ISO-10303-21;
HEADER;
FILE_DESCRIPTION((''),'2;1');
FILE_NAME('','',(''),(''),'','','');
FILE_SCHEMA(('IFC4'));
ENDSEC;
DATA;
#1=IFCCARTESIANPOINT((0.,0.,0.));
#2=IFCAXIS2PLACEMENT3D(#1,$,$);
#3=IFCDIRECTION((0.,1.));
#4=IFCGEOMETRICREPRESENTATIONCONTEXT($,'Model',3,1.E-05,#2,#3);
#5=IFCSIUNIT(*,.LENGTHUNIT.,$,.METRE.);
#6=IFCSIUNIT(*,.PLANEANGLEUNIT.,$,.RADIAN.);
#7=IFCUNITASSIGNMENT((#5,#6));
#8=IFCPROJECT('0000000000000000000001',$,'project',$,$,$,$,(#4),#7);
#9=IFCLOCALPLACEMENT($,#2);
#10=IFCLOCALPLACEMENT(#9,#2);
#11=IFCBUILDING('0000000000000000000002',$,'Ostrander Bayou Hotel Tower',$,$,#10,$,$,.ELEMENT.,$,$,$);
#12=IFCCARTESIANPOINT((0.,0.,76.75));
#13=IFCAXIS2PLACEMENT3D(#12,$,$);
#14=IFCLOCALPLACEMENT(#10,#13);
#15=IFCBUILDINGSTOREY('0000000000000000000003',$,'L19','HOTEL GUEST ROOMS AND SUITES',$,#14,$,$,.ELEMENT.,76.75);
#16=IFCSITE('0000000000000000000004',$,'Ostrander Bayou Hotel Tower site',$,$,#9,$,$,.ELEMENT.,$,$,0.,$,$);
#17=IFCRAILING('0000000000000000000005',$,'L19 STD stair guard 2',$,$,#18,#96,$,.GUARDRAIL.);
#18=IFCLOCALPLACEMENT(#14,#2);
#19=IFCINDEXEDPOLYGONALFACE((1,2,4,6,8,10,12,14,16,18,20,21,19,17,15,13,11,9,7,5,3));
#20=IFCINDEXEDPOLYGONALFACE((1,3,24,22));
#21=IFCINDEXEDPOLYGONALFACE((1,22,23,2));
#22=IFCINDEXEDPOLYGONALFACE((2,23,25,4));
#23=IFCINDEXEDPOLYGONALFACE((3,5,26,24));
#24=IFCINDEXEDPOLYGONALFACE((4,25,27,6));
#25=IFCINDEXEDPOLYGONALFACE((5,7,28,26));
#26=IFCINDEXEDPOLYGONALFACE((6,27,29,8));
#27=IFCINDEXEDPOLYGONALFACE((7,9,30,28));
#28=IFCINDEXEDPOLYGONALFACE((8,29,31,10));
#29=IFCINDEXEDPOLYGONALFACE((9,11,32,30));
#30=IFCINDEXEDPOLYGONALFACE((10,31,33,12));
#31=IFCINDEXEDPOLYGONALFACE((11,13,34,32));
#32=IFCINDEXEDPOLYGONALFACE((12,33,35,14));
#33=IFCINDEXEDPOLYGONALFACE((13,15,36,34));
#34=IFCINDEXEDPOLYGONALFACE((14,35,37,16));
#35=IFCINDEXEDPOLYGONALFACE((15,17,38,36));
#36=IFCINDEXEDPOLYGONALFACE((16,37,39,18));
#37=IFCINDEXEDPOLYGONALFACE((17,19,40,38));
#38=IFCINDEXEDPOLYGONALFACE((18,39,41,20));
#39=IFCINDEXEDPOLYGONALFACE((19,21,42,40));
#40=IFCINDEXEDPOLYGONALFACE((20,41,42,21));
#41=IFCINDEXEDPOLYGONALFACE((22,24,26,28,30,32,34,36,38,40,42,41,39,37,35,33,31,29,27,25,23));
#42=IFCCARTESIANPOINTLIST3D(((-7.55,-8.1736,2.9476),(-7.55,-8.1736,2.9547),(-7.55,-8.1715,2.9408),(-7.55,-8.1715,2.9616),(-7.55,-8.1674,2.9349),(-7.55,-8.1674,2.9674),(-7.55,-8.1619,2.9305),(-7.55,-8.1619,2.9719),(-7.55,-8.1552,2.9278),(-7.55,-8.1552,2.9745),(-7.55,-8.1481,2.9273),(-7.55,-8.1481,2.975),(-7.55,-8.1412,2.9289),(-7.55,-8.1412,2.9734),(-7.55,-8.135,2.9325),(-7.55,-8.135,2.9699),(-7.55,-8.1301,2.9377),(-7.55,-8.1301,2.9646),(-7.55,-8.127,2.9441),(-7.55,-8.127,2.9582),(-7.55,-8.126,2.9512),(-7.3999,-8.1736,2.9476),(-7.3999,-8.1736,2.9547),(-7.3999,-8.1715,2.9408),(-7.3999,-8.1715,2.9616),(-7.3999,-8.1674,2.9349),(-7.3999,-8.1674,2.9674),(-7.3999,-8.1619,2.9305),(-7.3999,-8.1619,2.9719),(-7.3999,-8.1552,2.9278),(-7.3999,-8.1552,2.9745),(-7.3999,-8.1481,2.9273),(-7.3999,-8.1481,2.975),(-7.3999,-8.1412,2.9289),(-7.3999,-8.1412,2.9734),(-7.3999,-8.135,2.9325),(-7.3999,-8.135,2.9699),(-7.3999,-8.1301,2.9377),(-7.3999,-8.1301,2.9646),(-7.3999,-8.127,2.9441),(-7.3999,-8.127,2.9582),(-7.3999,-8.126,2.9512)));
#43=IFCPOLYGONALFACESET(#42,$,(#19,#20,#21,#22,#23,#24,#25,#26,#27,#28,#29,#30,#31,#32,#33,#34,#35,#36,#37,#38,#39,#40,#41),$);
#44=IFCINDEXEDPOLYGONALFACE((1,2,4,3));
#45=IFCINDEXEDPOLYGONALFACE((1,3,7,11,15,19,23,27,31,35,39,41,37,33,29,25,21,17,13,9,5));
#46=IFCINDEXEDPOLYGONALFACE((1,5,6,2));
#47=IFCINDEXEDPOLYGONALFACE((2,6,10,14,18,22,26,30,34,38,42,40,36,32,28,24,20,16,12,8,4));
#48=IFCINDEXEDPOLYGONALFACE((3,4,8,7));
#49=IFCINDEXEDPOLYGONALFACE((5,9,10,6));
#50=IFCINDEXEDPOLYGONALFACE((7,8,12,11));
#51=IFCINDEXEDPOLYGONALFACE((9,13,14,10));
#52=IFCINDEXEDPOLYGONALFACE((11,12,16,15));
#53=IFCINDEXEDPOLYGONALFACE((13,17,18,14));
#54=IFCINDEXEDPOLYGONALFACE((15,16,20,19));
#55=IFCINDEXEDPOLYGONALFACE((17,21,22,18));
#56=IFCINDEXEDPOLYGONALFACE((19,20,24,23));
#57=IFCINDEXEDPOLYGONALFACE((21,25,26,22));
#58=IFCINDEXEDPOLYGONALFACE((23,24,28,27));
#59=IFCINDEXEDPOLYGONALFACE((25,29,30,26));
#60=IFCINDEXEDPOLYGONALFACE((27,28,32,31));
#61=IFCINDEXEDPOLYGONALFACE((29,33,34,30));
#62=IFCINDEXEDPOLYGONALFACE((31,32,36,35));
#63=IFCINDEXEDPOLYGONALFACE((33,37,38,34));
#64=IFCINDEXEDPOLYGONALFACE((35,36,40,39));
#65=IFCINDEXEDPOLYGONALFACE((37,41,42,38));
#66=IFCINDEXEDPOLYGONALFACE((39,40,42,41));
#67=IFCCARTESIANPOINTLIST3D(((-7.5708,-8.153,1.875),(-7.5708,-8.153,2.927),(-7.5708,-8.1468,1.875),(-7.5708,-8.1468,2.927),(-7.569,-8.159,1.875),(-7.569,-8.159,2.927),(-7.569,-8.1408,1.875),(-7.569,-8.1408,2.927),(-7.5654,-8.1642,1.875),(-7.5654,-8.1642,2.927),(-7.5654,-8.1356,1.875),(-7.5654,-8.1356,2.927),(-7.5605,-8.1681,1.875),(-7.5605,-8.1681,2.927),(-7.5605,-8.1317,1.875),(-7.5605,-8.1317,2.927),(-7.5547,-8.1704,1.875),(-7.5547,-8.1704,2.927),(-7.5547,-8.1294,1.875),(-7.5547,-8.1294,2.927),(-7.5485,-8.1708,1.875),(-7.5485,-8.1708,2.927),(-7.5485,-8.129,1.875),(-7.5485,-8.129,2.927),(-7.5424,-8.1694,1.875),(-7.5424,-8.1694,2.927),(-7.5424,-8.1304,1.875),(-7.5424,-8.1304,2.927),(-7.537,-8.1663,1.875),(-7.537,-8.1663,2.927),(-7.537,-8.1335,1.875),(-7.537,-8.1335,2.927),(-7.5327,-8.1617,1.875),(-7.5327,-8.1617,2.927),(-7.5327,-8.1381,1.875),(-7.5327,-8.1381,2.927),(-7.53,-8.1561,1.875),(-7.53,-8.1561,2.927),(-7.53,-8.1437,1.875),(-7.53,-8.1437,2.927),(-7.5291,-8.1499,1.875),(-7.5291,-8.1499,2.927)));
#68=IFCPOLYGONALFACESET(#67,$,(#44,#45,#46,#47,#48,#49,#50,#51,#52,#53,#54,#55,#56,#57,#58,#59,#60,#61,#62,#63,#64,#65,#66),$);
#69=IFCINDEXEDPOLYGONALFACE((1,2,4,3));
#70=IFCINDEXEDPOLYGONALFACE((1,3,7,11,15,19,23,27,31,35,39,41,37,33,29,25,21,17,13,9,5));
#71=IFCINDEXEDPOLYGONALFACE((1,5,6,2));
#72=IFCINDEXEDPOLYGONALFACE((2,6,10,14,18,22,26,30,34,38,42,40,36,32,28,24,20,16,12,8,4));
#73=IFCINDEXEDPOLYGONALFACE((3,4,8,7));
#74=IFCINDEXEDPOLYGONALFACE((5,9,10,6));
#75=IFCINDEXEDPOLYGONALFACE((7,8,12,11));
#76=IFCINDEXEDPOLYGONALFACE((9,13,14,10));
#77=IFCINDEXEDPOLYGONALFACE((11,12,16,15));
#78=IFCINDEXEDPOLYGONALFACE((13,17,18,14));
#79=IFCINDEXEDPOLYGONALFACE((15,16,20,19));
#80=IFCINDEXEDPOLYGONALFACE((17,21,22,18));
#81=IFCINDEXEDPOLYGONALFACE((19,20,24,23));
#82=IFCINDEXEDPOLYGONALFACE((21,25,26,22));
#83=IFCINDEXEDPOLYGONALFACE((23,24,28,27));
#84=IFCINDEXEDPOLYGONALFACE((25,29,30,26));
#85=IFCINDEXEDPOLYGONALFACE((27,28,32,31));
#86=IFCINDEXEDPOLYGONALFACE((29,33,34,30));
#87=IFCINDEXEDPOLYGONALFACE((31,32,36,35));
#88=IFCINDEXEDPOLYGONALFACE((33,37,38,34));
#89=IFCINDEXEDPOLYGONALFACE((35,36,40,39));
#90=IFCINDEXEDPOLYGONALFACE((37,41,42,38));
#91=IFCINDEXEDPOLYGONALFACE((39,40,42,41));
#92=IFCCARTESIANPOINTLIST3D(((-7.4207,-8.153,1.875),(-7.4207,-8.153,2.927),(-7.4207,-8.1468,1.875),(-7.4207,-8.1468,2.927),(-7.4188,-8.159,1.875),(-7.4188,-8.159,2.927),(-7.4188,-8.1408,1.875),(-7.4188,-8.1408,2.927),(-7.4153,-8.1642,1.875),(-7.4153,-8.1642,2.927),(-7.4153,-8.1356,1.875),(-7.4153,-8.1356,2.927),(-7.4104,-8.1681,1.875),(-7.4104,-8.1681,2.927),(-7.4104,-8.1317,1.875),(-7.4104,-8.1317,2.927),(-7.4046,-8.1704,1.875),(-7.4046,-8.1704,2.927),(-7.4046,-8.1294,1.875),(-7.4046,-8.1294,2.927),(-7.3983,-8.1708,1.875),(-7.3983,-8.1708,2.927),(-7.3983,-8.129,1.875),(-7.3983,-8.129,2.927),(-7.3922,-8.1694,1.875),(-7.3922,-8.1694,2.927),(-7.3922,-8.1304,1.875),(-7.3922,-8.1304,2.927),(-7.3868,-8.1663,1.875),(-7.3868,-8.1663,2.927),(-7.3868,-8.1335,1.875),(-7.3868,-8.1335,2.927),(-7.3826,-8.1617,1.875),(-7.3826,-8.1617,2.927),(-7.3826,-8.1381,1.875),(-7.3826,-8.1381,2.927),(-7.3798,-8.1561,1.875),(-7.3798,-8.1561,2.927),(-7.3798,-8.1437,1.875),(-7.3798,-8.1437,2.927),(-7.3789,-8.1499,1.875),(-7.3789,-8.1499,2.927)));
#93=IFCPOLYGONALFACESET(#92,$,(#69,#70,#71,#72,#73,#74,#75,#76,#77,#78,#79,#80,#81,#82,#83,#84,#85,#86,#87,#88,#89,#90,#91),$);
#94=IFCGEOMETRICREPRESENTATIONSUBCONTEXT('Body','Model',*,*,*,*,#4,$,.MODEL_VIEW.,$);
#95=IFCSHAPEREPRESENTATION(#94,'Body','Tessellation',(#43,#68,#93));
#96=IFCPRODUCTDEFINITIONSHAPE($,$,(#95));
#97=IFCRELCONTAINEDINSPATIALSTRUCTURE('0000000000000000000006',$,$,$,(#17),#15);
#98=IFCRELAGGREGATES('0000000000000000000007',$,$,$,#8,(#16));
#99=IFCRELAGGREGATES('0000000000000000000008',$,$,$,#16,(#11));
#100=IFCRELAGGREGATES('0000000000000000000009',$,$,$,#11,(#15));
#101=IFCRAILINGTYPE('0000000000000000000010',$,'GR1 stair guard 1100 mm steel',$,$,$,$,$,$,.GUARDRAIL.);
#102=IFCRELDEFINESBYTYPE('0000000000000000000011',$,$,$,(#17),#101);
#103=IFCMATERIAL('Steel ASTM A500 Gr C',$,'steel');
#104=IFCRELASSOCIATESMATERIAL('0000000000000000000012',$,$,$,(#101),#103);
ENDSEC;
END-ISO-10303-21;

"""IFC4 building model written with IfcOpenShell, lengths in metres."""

from ifc_helpers import new_model, si_unit, direction, frame, origin, origin_2d, place, context, subcontext, project, spatial, circle, extrude, material, type_object, element, save


model = new_model("IFC4")

# Units and contexts
model_context = context("Model", 3, precision=1e-05, world=origin(), true_north=direction((0.0, 1.0)))
body_context = subcontext(model_context, "Body", "Model", "MODEL_VIEW")
ifc_project = project(units=[si_unit("LENGTHUNIT", "METRE"), si_unit("PLANEANGLEUNIT", "RADIAN")], contexts=[model_context])

# Site, building, storey
site_placement = place(None, origin())
site = spatial("IfcSite", under=ifc_project, at=site_placement, Name="Ostrander Bayou Hotel Tower site", CompositionType="ELEMENT", RefElevation=0.0)
building_placement = place(site_placement, origin())
building = spatial("IfcBuilding", under=site, at=building_placement, Name="Ostrander Bayou Hotel Tower", CompositionType="ELEMENT")
storey_placement = place(building_placement, frame((0.0, 0.0, 76.75)))
storey = spatial("IfcBuildingStorey", under=building, at=storey_placement, Name="L19", Description="HOTEL GUEST ROOMS AND SUITES", CompositionType="ELEMENT", Elevation=76.75)

# Railing
ifc_material_1 = material(Name="Steel ASTM A500 Gr C", Category="steel")
railing_type_1 = type_object("IfcRailingType", Name="GR1 stair guard 1100 mm steel", PredefinedType="GUARDRAIL", material=ifc_material_1)
railing_1_placement = place(storey_placement, frame((-7.55, -8.1499, 1.875)))
element("IfcRailing", 1, at=railing_1_placement, inside=storey, type_object=railing_type_1, Name="L19 STD stair guard 2", PredefinedType="GUARDRAIL", context=body_context, shape_type="SweptSolid", body=[
    extrude(circle(Radius=0.0239, at=origin_2d()), frame((0.0, 0.0, 1.0762), z_axis=(1.0, 0.0, 0.0), x_axis=(0.0, 1.0, 0.0)), (0.0, 0.0, 1.0), 0.1501),
    extrude(circle(Radius=0.021, at=origin_2d()), origin(), (0.0, 0.0, 1.0), 1.052),
    extrude(circle(Radius=0.021, at=origin_2d()), frame((0.1501, 0.0, 0.0)), (0.0, 0.0, 1.0), 1.052),
])

save(model, "model.ifc")
